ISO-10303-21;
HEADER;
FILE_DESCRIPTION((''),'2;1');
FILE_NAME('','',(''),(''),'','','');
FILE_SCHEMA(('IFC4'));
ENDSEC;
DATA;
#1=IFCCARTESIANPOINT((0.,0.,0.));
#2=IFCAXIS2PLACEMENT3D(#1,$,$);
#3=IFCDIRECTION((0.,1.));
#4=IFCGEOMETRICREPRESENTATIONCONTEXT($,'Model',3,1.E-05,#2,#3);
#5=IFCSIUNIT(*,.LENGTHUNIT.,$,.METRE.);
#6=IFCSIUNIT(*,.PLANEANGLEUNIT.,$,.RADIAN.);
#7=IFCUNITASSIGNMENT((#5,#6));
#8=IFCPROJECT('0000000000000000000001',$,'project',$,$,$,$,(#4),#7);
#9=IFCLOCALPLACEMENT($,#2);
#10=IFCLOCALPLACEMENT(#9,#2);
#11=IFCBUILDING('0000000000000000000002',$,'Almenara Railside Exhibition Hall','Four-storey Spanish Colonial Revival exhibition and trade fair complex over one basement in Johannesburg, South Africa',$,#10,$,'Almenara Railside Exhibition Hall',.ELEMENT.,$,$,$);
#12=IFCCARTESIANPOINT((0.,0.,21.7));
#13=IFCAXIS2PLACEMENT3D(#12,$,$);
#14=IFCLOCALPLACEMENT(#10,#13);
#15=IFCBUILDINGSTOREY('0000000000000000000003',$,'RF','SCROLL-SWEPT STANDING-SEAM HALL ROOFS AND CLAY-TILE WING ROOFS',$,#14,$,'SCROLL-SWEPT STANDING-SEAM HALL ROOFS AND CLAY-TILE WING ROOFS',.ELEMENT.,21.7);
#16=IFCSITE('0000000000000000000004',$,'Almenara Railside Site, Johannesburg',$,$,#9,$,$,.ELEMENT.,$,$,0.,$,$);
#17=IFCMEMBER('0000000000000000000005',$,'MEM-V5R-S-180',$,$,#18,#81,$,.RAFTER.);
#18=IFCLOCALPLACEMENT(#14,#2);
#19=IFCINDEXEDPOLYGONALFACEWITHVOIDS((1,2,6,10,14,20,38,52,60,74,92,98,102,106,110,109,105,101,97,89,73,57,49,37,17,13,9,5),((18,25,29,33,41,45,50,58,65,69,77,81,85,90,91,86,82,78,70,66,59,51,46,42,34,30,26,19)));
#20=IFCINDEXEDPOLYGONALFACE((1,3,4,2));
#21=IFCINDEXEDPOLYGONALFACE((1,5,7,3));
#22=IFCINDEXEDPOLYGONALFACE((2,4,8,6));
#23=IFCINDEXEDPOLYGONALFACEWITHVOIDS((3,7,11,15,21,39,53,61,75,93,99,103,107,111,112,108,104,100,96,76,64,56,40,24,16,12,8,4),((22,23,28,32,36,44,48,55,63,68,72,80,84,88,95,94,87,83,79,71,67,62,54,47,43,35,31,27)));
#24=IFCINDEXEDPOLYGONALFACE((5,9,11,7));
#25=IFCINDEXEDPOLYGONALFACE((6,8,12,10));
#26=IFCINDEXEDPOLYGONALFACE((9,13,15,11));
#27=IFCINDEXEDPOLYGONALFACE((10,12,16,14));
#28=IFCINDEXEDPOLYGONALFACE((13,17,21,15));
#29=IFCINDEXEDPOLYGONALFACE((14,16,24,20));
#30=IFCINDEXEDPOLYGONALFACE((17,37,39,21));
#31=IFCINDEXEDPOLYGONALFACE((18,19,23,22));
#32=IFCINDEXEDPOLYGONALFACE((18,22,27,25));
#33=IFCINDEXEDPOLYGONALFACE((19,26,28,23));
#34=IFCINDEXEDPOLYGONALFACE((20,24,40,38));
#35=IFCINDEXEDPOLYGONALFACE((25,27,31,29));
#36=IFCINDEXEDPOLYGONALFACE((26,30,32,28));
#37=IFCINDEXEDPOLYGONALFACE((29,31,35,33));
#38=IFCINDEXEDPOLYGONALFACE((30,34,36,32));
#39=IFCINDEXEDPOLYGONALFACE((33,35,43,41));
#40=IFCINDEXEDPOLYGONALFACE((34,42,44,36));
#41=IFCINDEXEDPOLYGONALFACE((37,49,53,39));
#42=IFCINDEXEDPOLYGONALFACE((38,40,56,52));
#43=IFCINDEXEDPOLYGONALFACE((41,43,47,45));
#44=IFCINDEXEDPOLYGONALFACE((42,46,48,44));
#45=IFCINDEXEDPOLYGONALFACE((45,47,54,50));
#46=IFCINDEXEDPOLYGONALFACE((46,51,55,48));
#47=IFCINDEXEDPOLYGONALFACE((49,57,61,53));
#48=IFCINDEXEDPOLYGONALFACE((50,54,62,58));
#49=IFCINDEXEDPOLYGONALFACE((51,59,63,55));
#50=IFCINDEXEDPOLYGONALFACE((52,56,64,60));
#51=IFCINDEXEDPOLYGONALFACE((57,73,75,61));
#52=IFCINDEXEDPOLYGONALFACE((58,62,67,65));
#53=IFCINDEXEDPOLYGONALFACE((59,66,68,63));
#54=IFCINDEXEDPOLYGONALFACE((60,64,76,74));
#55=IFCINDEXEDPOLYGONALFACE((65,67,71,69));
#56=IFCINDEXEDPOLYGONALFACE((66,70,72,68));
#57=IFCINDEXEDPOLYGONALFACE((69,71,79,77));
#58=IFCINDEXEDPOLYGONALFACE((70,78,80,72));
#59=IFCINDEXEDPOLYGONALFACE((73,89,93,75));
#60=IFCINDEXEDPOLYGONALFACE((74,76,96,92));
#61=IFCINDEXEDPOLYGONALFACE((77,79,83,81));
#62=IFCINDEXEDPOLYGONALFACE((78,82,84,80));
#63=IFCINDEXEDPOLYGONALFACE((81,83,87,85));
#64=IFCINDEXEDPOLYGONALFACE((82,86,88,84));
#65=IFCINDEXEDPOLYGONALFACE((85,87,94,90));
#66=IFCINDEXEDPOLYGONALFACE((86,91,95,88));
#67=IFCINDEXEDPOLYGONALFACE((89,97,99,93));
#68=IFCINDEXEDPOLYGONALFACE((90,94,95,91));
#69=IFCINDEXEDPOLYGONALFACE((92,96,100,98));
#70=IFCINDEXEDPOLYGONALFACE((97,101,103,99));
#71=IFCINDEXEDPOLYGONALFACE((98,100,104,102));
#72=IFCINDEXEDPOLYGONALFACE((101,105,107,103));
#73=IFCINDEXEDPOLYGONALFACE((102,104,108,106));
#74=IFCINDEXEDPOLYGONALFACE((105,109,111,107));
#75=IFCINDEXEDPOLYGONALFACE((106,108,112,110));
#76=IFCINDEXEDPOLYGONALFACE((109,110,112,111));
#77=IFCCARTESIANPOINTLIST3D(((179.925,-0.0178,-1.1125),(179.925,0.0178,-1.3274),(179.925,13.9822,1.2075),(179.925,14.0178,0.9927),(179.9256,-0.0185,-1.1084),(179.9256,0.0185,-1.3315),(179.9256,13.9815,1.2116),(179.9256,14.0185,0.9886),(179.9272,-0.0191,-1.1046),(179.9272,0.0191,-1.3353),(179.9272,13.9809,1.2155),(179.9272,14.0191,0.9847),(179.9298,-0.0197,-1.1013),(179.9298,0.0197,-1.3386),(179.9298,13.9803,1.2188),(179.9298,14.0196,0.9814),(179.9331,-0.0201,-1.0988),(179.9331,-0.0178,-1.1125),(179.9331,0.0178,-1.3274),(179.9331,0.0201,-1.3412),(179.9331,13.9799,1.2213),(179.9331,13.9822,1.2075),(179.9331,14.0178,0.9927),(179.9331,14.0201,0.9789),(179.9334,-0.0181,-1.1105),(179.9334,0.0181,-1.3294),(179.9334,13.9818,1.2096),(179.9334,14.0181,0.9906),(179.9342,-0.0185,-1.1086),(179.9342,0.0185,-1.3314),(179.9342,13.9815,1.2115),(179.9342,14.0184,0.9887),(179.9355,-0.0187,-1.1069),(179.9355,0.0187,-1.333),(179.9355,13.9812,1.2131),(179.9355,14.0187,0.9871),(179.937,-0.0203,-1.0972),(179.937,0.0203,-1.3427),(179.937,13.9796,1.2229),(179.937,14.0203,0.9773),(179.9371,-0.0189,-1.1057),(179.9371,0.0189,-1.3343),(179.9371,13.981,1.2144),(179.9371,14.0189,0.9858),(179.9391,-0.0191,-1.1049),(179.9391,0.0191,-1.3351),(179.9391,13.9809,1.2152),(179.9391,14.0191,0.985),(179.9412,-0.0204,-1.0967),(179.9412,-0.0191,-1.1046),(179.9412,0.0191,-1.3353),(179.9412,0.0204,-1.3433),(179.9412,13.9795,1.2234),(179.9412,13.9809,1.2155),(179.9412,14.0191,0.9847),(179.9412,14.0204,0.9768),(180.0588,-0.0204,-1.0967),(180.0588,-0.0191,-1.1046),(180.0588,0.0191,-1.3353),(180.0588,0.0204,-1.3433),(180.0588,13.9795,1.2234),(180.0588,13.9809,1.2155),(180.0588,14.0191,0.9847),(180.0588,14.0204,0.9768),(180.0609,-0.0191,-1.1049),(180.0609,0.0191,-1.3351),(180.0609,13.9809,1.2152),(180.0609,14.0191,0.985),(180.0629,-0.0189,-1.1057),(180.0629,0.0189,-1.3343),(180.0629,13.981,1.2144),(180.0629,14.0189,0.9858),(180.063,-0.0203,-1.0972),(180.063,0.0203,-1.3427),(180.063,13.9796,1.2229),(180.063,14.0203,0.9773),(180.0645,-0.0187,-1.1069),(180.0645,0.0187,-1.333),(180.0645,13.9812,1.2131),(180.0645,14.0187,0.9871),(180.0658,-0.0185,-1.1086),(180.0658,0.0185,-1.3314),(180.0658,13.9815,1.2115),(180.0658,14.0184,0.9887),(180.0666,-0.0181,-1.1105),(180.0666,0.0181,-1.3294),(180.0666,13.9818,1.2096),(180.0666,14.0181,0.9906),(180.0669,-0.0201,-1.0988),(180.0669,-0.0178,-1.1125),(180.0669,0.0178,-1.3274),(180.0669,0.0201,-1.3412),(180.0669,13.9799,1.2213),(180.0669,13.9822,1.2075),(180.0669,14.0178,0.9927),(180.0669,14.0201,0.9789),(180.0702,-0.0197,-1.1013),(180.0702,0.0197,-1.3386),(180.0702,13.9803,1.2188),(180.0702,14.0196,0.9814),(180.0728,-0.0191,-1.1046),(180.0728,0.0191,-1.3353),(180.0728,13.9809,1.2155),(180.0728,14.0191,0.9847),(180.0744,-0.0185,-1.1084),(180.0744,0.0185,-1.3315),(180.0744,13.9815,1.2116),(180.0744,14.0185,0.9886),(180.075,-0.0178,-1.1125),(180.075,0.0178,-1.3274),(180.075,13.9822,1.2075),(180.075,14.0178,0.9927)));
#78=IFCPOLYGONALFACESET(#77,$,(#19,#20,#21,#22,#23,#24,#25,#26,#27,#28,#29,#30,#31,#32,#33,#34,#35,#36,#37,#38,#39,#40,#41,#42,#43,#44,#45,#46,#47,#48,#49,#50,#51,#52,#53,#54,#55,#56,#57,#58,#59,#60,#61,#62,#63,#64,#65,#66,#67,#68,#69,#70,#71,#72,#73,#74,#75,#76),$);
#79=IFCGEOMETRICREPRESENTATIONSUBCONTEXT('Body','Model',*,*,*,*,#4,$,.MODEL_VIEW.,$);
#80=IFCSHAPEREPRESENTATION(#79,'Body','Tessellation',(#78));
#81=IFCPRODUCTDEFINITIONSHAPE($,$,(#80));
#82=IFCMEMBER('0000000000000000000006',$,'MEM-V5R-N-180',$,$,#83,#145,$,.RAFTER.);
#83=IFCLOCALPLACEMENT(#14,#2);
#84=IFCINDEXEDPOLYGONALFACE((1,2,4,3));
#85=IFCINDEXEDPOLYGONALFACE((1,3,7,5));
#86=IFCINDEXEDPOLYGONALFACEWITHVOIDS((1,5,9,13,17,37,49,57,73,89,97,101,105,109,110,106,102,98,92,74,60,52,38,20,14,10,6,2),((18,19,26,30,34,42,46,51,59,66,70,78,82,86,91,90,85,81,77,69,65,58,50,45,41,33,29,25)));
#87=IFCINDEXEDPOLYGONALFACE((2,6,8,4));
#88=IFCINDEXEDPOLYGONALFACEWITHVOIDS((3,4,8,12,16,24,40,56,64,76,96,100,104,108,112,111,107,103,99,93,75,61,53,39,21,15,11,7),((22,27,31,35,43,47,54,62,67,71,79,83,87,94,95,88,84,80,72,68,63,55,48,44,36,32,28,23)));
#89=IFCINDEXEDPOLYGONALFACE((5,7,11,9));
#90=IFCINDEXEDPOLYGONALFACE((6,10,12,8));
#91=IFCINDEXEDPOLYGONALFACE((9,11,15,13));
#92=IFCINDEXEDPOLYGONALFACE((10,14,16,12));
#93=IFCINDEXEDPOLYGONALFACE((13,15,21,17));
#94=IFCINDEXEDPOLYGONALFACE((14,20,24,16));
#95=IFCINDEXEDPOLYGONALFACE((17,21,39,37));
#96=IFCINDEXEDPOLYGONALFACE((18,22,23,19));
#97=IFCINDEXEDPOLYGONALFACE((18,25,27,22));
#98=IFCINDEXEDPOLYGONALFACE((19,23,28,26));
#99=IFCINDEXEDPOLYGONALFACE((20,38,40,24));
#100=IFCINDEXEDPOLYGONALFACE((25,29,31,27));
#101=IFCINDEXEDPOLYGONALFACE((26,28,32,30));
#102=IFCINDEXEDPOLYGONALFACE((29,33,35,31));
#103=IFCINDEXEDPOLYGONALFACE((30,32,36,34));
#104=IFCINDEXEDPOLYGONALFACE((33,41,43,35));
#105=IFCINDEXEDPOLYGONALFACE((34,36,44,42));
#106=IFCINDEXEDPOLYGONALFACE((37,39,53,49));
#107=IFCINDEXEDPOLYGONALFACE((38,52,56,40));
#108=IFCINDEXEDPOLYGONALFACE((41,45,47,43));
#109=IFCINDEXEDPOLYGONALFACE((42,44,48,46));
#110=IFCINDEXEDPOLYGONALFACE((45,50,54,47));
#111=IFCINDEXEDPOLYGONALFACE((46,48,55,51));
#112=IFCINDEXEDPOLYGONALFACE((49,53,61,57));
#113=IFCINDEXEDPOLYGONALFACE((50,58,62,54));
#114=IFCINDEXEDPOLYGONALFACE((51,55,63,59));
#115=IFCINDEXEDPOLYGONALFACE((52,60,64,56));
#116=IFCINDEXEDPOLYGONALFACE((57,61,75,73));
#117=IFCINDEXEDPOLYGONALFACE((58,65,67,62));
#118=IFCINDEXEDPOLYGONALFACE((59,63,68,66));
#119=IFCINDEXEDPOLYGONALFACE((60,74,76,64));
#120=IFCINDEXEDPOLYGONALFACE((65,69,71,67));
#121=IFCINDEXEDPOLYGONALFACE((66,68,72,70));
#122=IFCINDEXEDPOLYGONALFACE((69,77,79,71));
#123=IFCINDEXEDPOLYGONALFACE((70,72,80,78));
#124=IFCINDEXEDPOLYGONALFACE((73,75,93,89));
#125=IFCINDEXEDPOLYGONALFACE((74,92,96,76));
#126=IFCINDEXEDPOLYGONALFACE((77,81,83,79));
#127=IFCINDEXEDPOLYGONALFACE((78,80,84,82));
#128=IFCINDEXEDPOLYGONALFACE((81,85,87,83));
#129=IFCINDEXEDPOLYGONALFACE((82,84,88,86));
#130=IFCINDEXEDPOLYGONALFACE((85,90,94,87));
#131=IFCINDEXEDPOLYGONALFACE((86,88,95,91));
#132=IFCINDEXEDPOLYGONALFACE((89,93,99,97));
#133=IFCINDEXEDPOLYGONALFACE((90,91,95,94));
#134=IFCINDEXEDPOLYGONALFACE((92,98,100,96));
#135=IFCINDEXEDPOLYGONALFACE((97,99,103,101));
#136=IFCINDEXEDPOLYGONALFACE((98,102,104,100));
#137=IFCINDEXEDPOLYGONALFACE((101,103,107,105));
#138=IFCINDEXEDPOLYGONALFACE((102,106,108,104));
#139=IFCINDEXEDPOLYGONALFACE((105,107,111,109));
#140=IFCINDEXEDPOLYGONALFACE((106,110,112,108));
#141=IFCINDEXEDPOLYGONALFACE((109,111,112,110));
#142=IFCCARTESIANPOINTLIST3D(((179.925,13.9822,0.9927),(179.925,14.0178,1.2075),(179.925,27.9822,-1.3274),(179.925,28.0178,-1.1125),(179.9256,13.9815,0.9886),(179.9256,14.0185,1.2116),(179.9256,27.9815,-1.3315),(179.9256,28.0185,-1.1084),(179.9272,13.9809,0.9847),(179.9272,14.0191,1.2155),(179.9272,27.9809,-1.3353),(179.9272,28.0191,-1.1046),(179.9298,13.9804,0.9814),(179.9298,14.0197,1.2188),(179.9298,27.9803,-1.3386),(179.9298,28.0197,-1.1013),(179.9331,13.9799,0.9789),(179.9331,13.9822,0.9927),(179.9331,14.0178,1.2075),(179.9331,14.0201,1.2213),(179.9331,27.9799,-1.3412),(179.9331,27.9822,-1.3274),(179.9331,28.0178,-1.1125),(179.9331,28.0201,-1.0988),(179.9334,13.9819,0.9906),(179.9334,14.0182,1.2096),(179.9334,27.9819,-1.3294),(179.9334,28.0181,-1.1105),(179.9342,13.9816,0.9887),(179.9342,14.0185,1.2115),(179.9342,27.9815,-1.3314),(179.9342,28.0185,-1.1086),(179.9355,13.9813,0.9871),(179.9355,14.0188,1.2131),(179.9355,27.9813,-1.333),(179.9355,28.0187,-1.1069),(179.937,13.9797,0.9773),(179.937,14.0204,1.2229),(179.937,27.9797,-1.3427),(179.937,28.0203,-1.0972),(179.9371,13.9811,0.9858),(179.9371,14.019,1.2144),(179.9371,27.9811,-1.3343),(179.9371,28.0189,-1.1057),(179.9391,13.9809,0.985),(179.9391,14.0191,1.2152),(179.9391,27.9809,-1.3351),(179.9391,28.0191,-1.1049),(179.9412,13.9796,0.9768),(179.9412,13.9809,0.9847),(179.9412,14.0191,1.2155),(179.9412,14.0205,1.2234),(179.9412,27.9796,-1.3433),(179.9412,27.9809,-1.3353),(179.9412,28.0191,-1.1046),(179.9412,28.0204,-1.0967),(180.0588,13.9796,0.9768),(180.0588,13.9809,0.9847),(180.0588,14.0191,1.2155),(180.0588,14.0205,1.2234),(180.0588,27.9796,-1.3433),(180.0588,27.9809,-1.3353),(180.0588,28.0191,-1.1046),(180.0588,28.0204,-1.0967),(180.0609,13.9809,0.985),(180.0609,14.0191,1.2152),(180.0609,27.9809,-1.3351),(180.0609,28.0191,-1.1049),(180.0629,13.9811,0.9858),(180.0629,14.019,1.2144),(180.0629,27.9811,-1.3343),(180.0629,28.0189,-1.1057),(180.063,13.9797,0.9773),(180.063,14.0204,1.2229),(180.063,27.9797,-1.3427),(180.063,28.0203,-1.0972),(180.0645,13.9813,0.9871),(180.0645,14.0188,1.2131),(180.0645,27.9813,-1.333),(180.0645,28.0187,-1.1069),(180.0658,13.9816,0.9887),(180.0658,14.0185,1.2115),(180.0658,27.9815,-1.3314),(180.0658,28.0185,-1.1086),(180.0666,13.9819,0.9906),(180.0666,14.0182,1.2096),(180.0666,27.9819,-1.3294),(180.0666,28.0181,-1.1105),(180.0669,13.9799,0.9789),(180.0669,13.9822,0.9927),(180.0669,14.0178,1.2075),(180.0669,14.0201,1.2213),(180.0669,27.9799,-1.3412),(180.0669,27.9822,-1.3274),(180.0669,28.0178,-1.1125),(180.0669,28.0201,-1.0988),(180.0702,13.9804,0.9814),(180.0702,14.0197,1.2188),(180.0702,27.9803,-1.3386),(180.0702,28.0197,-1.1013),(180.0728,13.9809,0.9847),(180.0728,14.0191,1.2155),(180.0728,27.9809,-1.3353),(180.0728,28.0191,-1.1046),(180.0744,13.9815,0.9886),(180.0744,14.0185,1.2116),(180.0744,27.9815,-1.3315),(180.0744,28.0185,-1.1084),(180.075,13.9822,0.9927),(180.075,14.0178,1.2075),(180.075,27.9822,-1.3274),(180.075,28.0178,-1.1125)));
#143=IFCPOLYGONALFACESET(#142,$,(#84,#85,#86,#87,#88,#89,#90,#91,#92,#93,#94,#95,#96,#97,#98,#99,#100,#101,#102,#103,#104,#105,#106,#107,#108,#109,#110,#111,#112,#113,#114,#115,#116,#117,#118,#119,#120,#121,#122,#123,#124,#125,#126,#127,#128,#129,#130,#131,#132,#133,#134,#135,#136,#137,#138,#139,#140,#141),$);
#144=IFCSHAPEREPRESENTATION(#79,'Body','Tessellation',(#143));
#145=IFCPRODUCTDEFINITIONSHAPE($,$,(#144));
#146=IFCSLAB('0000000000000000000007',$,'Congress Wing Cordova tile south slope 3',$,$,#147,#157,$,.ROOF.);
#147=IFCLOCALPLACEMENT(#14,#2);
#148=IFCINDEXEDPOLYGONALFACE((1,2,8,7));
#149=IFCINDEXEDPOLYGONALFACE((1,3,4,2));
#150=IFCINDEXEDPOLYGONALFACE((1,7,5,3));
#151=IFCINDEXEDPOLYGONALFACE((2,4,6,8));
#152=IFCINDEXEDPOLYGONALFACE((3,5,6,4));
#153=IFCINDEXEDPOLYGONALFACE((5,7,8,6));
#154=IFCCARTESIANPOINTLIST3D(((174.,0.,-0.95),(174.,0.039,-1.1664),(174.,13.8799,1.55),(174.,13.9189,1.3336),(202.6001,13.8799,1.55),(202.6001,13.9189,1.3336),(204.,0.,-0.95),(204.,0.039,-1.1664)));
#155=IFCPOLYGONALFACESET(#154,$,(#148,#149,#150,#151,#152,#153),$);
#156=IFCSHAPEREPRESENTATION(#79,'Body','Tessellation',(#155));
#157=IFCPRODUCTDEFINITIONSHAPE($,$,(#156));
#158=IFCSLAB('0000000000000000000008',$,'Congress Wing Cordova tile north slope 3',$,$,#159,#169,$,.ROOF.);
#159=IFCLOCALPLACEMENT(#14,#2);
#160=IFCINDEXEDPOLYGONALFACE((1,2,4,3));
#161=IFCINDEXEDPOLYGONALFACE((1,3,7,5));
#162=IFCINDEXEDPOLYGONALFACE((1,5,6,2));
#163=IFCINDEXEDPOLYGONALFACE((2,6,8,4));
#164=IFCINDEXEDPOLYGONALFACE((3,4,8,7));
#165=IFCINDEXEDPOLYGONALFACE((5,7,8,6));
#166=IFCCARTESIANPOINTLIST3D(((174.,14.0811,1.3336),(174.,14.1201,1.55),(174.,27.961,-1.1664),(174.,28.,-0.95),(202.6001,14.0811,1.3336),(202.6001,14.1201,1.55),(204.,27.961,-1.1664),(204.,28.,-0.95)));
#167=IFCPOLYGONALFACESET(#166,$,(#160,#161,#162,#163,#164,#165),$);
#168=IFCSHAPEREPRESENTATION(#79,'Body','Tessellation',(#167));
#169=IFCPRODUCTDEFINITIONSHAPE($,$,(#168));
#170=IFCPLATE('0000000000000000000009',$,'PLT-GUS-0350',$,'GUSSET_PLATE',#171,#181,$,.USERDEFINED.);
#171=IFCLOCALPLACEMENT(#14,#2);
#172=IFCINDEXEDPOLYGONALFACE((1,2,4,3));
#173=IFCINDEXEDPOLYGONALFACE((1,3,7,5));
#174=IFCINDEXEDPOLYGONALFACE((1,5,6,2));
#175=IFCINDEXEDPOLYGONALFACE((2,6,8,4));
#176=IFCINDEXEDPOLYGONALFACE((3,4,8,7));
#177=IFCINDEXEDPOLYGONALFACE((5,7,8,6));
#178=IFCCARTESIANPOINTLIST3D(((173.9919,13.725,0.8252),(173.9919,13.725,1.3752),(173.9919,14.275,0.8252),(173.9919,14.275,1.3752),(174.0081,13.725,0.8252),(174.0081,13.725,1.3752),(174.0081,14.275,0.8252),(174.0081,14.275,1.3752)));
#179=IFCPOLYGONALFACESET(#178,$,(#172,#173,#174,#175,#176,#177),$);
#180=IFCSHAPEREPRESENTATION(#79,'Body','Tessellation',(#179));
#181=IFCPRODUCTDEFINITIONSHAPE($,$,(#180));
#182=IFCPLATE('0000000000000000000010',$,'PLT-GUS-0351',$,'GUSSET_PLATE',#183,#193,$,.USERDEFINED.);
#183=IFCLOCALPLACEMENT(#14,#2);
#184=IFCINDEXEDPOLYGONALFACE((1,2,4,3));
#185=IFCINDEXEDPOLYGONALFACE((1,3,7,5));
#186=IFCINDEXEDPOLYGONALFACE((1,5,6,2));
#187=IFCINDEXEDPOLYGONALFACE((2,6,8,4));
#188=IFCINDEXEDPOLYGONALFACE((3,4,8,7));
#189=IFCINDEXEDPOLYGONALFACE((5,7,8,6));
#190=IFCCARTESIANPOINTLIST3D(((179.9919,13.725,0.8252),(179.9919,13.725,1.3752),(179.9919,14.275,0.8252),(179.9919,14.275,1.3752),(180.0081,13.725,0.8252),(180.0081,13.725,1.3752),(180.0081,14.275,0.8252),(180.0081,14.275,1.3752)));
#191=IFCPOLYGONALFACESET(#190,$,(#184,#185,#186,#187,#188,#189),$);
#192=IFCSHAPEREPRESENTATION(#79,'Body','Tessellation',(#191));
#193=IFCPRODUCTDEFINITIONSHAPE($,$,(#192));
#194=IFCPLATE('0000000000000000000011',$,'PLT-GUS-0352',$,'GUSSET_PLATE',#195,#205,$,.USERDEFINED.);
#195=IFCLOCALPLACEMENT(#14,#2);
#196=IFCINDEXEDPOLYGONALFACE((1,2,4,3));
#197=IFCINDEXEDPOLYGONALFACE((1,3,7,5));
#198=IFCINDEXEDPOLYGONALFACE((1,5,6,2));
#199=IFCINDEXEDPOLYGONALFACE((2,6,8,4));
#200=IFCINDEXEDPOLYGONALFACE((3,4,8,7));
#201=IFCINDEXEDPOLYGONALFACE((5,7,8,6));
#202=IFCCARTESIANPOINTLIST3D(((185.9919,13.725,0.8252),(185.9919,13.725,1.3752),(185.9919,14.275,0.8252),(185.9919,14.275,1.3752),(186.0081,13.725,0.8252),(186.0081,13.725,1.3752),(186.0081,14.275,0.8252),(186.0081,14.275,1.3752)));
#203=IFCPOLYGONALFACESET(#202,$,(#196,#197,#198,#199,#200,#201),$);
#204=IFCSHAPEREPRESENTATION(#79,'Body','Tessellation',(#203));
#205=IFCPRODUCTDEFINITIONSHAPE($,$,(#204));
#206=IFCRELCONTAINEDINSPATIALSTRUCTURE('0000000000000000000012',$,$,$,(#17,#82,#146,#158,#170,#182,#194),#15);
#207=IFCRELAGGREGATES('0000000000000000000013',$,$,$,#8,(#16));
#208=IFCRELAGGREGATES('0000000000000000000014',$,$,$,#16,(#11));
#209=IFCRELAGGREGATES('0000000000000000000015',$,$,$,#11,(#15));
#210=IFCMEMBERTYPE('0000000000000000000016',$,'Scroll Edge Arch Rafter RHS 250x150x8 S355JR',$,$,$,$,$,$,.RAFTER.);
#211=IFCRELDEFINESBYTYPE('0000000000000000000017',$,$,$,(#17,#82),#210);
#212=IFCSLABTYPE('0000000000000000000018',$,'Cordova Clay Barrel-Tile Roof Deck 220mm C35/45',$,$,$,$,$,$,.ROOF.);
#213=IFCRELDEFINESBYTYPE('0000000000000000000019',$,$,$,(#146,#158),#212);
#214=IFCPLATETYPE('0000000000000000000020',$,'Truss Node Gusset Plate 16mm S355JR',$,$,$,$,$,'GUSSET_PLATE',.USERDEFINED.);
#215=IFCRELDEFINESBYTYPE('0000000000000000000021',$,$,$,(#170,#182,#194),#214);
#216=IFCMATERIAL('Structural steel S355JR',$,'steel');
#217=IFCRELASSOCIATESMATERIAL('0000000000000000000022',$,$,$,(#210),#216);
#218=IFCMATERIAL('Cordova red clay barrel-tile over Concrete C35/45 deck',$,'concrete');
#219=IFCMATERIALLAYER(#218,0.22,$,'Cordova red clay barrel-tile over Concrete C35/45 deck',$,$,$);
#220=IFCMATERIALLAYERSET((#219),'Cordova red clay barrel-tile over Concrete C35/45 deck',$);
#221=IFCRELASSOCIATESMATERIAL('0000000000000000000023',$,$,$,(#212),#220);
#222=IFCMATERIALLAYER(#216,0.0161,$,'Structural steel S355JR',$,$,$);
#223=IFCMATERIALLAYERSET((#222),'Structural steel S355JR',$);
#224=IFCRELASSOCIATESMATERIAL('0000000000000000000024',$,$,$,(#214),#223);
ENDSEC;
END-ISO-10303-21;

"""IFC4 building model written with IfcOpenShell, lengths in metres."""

from ifc_helpers import new_model, si_unit, direction, frame, origin, origin_2d, place, context, subcontext, project, spatial, polyline, rectangle, hollow_rectangle, outline, extrude, material, layer, layer_set, material_profile, profile_set, type_object, element, save


model = new_model("IFC4")

# Units and contexts
model_context = context("Model", 3, precision=1e-05, world=origin(), true_north=direction((0.0, 1.0)))
body_context = subcontext(model_context, "Body", "Model", "MODEL_VIEW")
ifc_project = project(units=[si_unit("LENGTHUNIT", "METRE"), si_unit("PLANEANGLEUNIT", "RADIAN")], contexts=[model_context])

# Site, building, storey
site_placement = place(None, origin())
site = spatial("IfcSite", under=ifc_project, at=site_placement, Name="Almenara Railside Site, Johannesburg", CompositionType="ELEMENT", RefElevation=0.0)
building_placement = place(site_placement, origin())
building = spatial("IfcBuilding", under=site, at=building_placement, Name="Almenara Railside Exhibition Hall", Description="Four-storey Spanish Colonial Revival exhibition and trade fair complex over one basement in Johannesburg, South Africa", LongName="Almenara Railside Exhibition Hall", CompositionType="ELEMENT")
storey_placement = place(building_placement, frame((0.0, 0.0, 21.7)))
storey = spatial("IfcBuildingStorey", under=building, at=storey_placement, Name="RF", Description="SCROLL-SWEPT STANDING-SEAM HALL ROOFS AND CLAY-TILE WING ROOFS", LongName="SCROLL-SWEPT STANDING-SEAM HALL ROOFS AND CLAY-TILE WING ROOFS", CompositionType="ELEMENT", Elevation=21.7)

# Shared definitions
ifc_material_1 = material(Name="Structural steel S355JR", Category="steel")

# Members
ifc_material_profile_1 = material_profile(ifc_material_1, hollow_rectangle(XDim=0.1499, YDim=0.25, WallThickness=0.0081, InnerFilletRadius=0.0081, OuterFilletRadius=0.0161, at=origin_2d()), Name="RHS 250x150x8")
ifc_profile_set_1 = profile_set([ifc_material_profile_1], Name="Structural steel S355JR")
member_type_1 = type_object("IfcMemberType", Name="Scroll Edge Arch Rafter RHS 250x150x8 S355JR", PredefinedType="RAFTER", material=ifc_profile_set_1)
for number, where, z_axis, x_axis, name in (
    (1, (180.0, 0.0, -1.22), (0.0, 0.986545, 0.163489), (-1.0, 0.0, 0.0), "MEM-V5R-S-180"),
    (2, (180.0, 28.0, -1.22), (0.0, -0.986545, 0.163489), (1.0, 0.0, 0.0), "MEM-V5R-N-180"),
):
    element("IfcMember", number, at=place(storey_placement, frame(where, z_axis=z_axis, x_axis=x_axis)), inside=storey, type_object=member_type_1, Name=name, PredefinedType="RAFTER", context=body_context, shape_type="SweptSolid", body=[
        extrude(hollow_rectangle(XDim=0.1499, YDim=0.25, WallThickness=0.0081, InnerFilletRadius=0.0081, OuterFilletRadius=0.0161, at=origin_2d()), origin(), (0.0, 0.0, 1.0), 14.1909),
    ])

# Slabs
ifc_material_2 = material(Name="Cordova red clay barrel-tile over Concrete C35/45 deck", Category="concrete")
ifc_layer_1 = layer(ifc_material_2, 0.22, Name="Cordova red clay barrel-tile over Concrete C35/45 deck")
ifc_layer_set_1 = layer_set([ifc_layer_1], Name="Cordova red clay barrel-tile over Concrete C35/45 deck")
slab_type = type_object("IfcSlabType", Name="Cordova Clay Barrel-Tile Roof Deck 220mm C35/45", PredefinedType="ROOF", material=ifc_layer_set_1)
slab_1_placement = place(storey_placement, frame((174.0, 0.0, -0.95), z_axis=(0.0, -0.177264, 0.984163), x_axis=(1.0, 0.0, 0.0)))
element("IfcSlab", 3, at=slab_1_placement, inside=storey, type_object=slab_type, Name="Congress Wing Cordova tile south slope 3", PredefinedType="ROOF", context=body_context, shape_type="SweptSolid", body=[
    extrude(outline(polyline([(0.0, 0.0), (30.0, 0.0), (28.6001, 14.1032), (0.0, 14.1032), (0.0, 0.0)])), origin(), (0.0, 0.0, -1.0), 0.22),
])
slab_2_placement = place(storey_placement, frame((174.0, 14.1201, 1.55), z_axis=(0.0, 0.177264, 0.984163), x_axis=(1.0, 0.0, 0.0)))
element("IfcSlab", 4, at=slab_2_placement, inside=storey, type_object=slab_type, Name="Congress Wing Cordova tile north slope 3", PredefinedType="ROOF", context=body_context, shape_type="SweptSolid", body=[
    extrude(outline(polyline([(0.0, 0.0), (28.6001, 0.0), (30.0, 14.1032), (0.0, 14.1032), (0.0, 0.0)])), origin(), (0.0, 0.0, -1.0), 0.22),
])

# Plates
ifc_layer_2 = layer(ifc_material_1, 0.0161, Name="Structural steel S355JR")
ifc_layer_set_2 = layer_set([ifc_layer_2], Name="Structural steel S355JR")
plate_type = type_object("IfcPlateType", Name="Truss Node Gusset Plate 16mm S355JR", ElementType="GUSSET_PLATE", PredefinedType="USERDEFINED", material=ifc_layer_set_2)
for number, where, z_axis, x_axis, name in (
    (5, (174.0, 14.0, 0.8252), (0.0, 0.0, 1.0), (0.0, 1.0, 0.0), "PLT-GUS-0350"),
    (6, (180.0, 14.0, 0.8252), (0.0, 0.0, 1.0), (0.0, 1.0, 0.0), "PLT-GUS-0351"),
    (7, (186.0, 14.0, 0.8252), (0.0, 0.0, 1.0), (0.0, 1.0, 0.0), "PLT-GUS-0352"),
):
    element("IfcPlate", number, at=place(storey_placement, frame(where, z_axis=z_axis, x_axis=x_axis)), inside=storey, type_object=plate_type, Name=name, ObjectType="GUSSET_PLATE", PredefinedType="USERDEFINED", context=body_context, shape_type="SweptSolid", body=[
        extrude(rectangle(XDim=0.55, YDim=0.0161, at=origin_2d()), origin(), (0.0, 0.0, 1.0), 0.55),
    ])

save(model, "model.ifc")
